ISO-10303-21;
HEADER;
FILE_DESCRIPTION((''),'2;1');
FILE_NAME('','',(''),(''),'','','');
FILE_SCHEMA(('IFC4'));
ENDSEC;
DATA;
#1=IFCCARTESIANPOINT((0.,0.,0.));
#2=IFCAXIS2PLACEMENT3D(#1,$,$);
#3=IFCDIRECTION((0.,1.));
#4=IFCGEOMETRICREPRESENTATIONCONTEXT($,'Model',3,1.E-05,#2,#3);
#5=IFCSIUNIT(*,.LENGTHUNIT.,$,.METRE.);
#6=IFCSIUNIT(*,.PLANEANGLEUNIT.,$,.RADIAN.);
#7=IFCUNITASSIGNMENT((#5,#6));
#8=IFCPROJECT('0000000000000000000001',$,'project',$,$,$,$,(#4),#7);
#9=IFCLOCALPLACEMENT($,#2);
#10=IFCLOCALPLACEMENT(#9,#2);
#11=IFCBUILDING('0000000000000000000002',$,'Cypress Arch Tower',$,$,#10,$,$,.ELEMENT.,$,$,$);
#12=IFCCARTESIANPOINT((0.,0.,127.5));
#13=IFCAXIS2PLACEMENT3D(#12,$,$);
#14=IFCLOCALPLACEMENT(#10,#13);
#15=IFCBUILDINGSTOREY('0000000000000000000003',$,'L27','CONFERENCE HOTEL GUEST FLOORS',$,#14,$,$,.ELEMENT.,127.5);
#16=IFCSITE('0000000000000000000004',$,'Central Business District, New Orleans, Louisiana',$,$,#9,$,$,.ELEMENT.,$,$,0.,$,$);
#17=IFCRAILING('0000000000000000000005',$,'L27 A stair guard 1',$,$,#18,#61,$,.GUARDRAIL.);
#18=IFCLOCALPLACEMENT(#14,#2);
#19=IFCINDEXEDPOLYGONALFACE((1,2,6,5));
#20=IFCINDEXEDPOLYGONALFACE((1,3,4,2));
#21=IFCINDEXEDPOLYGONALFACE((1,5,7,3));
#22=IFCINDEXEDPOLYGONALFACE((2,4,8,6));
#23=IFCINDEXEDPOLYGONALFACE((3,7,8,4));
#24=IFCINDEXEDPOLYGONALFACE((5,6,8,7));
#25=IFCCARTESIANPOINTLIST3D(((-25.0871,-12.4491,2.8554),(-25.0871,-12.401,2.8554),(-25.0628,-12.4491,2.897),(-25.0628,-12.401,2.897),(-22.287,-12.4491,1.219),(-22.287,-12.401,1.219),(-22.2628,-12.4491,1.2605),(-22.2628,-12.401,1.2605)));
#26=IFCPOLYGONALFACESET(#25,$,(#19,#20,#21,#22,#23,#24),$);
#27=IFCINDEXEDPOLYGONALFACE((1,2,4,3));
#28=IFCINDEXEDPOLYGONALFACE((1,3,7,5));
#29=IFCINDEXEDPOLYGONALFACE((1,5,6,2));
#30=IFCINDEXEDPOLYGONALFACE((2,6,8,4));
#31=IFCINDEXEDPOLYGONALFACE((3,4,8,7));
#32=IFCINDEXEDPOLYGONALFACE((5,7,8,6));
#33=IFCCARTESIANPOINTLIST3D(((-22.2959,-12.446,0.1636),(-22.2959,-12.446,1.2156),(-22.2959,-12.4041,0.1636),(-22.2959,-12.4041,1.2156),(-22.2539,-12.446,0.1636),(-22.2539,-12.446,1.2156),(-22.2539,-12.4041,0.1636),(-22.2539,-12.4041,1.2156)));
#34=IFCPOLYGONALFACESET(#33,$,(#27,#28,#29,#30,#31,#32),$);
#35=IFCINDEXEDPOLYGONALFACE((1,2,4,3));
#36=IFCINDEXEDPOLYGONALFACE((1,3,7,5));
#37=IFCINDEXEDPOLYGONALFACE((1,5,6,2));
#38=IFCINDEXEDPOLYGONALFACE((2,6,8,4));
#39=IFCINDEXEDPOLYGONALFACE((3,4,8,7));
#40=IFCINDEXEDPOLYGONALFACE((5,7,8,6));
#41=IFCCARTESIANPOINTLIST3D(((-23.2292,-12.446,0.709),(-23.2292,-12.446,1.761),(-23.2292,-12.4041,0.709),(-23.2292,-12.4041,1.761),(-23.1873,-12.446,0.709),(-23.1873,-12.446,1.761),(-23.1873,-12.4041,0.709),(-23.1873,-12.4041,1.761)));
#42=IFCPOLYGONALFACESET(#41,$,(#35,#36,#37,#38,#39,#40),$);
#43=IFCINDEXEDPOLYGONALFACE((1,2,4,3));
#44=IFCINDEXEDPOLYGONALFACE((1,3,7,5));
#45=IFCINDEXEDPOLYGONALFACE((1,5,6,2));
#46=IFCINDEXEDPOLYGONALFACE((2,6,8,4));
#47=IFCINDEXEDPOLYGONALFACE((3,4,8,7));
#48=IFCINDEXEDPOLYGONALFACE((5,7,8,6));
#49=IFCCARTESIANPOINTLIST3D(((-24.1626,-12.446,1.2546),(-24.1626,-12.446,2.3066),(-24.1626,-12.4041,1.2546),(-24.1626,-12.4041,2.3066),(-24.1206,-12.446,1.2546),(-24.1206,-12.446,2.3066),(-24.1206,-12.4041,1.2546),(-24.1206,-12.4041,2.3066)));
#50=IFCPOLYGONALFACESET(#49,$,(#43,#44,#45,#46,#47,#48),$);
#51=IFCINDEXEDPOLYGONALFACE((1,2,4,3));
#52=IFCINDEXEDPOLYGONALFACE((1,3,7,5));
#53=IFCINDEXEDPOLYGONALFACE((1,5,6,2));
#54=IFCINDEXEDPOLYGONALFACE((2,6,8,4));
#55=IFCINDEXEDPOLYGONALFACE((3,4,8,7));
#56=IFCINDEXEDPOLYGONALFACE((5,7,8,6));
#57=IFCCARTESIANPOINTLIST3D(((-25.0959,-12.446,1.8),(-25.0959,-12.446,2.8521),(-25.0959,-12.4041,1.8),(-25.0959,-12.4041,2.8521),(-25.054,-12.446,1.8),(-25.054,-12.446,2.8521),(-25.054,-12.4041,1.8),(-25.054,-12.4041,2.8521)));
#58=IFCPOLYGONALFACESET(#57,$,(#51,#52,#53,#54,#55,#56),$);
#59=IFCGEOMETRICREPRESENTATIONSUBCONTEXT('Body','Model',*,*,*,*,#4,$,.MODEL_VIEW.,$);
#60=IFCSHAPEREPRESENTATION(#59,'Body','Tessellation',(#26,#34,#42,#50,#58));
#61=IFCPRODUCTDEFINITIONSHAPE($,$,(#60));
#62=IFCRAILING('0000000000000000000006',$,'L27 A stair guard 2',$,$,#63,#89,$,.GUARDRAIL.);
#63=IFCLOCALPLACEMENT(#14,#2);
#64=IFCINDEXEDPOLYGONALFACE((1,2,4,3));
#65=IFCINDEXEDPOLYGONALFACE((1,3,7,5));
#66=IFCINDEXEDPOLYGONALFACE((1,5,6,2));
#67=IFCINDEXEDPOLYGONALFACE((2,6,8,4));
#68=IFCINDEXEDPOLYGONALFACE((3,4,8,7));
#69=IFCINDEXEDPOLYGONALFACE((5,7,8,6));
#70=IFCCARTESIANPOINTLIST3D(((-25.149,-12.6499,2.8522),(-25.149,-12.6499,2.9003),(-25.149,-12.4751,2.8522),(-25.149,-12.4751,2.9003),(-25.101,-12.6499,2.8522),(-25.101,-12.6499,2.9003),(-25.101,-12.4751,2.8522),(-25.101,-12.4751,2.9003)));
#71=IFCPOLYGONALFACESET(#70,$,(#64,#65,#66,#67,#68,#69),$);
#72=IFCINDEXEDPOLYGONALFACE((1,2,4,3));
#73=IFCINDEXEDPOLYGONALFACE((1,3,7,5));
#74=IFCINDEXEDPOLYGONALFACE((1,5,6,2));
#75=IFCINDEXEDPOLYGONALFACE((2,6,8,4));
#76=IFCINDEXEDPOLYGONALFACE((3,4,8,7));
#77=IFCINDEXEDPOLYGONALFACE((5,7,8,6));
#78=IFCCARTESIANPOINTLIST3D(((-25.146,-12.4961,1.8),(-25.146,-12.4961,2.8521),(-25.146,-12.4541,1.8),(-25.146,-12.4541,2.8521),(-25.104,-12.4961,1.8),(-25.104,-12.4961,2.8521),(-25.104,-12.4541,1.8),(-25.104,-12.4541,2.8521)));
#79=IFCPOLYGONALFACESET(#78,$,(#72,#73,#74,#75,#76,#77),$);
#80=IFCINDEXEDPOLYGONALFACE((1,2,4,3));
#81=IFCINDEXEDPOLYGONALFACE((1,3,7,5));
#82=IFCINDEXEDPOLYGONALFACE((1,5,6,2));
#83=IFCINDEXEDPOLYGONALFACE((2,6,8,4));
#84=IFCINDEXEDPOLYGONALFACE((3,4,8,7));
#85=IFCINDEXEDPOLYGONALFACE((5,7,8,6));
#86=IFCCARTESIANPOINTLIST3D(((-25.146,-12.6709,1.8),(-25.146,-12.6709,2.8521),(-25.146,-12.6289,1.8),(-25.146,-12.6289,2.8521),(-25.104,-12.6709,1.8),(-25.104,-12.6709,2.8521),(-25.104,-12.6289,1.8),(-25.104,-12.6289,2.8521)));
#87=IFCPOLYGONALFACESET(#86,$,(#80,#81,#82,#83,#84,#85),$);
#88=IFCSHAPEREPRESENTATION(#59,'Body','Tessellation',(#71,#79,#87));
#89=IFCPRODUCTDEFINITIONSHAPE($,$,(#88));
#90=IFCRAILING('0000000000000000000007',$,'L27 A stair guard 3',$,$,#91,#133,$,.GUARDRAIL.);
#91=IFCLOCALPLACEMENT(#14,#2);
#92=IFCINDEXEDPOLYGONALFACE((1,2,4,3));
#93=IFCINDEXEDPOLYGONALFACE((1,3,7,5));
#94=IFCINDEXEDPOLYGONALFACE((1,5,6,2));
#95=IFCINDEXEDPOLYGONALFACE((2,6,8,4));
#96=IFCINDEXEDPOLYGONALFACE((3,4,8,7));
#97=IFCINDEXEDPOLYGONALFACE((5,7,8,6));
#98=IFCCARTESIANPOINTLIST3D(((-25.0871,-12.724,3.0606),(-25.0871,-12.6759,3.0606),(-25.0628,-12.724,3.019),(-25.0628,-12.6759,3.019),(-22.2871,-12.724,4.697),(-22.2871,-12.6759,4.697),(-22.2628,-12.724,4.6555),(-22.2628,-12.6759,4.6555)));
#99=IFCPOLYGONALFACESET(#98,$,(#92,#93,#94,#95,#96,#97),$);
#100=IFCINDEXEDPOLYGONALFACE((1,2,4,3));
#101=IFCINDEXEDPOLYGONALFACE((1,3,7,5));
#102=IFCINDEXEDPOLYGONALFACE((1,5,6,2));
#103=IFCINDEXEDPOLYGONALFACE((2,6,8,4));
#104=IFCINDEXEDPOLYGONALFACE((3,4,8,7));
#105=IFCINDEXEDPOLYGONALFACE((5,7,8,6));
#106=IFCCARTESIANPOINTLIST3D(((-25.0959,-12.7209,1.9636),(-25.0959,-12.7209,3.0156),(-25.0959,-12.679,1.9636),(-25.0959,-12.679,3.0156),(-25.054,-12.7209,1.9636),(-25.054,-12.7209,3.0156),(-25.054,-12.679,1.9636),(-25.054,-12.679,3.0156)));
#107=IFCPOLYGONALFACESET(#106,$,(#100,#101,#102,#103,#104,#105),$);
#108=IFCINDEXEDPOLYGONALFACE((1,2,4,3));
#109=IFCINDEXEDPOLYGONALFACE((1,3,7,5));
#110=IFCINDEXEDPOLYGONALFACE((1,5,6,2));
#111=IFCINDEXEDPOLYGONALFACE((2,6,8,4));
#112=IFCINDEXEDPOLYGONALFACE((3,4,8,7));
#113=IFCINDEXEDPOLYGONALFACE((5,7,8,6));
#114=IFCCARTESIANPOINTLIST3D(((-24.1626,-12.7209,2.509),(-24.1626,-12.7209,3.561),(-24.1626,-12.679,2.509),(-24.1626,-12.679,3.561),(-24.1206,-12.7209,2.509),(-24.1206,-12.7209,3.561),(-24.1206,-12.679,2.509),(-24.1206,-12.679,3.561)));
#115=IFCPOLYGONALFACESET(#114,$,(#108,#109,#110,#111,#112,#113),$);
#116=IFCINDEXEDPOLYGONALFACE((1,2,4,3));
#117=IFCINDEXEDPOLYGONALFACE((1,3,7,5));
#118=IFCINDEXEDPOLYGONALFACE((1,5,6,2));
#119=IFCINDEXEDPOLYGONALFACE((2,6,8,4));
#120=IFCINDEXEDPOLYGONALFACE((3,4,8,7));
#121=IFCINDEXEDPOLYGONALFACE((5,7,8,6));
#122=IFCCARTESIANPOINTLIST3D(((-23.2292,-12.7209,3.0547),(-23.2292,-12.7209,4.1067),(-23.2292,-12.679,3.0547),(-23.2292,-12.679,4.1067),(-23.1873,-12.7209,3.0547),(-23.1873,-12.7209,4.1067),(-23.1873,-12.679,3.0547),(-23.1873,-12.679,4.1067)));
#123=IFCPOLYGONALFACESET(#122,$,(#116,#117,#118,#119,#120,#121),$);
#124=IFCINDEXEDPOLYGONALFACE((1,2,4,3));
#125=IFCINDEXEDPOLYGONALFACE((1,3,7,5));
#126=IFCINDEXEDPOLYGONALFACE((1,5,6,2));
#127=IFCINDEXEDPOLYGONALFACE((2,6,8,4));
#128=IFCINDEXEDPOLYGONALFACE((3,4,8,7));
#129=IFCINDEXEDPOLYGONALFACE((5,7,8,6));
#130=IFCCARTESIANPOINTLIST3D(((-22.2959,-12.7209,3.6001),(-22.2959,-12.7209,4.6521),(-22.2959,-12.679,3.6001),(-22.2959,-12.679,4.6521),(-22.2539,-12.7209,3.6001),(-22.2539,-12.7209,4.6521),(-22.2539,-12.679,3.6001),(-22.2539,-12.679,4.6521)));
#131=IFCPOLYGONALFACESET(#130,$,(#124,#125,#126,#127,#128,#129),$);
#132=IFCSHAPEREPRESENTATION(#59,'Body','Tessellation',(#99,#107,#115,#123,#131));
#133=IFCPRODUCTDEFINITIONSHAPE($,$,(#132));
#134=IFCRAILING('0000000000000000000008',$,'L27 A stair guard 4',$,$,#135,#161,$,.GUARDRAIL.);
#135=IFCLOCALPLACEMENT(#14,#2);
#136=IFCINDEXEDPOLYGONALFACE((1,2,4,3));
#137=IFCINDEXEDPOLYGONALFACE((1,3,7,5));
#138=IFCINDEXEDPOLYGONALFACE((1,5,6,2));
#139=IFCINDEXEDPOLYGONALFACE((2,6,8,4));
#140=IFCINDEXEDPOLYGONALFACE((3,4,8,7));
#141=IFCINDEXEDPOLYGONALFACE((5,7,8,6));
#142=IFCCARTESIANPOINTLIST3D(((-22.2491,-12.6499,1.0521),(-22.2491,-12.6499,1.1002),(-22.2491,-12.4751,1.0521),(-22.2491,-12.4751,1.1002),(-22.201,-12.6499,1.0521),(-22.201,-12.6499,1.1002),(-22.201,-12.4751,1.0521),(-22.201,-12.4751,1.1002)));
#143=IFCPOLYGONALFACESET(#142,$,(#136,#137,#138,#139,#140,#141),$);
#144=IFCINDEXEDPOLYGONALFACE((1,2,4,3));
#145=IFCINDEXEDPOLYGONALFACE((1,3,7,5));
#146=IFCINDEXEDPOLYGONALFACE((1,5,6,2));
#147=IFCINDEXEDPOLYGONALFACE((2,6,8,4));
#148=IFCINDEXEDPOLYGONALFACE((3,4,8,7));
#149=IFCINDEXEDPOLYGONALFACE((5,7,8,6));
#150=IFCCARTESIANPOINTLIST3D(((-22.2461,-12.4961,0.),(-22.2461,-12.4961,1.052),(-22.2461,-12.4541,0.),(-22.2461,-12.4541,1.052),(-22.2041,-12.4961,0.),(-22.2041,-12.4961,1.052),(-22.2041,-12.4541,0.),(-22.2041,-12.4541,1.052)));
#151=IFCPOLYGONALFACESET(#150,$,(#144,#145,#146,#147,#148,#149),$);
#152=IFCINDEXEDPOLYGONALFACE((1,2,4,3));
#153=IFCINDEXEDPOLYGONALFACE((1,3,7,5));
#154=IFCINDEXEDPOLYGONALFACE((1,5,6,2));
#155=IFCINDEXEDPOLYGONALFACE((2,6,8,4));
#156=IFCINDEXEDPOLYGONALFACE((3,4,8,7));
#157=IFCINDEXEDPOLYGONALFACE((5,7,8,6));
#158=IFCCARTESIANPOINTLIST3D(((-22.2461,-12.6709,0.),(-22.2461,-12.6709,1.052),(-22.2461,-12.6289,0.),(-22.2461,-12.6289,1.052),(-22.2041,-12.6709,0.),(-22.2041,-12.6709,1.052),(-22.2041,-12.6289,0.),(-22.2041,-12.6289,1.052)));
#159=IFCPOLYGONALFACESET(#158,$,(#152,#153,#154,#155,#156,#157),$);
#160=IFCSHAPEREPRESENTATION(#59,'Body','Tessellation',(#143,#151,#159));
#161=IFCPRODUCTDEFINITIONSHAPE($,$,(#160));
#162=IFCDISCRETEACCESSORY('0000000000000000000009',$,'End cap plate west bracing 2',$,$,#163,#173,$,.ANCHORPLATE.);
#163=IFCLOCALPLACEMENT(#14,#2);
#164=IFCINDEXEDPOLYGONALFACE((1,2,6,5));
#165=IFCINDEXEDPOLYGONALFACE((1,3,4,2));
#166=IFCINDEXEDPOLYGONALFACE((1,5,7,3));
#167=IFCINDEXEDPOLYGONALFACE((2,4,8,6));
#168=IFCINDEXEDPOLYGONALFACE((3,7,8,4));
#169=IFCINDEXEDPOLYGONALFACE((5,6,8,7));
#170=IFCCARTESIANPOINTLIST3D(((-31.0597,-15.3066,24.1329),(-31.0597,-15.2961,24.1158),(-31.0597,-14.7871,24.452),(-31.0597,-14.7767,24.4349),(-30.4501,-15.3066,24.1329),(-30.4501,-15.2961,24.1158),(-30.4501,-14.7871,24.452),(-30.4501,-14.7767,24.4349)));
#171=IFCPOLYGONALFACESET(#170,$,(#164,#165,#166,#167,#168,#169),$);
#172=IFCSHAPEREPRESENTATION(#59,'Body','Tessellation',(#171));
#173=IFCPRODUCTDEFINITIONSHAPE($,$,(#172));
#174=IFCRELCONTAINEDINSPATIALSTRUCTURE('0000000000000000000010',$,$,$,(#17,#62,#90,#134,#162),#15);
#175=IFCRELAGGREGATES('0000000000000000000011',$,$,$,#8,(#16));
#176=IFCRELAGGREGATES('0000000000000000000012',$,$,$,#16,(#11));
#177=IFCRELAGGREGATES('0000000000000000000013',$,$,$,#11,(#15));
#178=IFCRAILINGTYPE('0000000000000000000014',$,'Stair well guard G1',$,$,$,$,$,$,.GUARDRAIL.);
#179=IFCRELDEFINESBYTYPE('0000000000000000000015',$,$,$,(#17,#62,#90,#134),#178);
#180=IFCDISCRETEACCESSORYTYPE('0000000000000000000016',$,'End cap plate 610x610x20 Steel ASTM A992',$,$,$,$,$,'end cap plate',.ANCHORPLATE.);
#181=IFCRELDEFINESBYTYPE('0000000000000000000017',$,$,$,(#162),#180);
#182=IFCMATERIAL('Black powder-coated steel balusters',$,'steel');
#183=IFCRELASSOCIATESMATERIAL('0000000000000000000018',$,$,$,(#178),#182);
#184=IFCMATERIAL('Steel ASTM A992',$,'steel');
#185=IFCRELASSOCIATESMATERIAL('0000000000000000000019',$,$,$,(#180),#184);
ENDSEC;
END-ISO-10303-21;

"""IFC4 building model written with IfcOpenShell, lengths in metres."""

from ifc_helpers import new_model, si_unit, direction, frame, origin, origin_2d, place, context, subcontext, project, spatial, rectangle, extrude, material, material_profile, profile_set, type_object, element, save


model = new_model("IFC4")

# Units and contexts
model_context = context("Model", 3, precision=1e-05, world=origin(), true_north=direction((0.0, 1.0)))
body_context = subcontext(model_context, "Body", "Model", "MODEL_VIEW")
ifc_project = project(units=[si_unit("LENGTHUNIT", "METRE"), si_unit("PLANEANGLEUNIT", "RADIAN")], contexts=[model_context])

# Site, building, storey
site_placement = place(None, origin())
site = spatial("IfcSite", under=ifc_project, at=site_placement, Name="Central Business District, New Orleans, Louisiana", CompositionType="ELEMENT", RefElevation=0.0)
building_placement = place(site_placement, origin())
building = spatial("IfcBuilding", under=site, at=building_placement, Name="Cypress Arch Tower", CompositionType="ELEMENT")
storey_placement = place(building_placement, frame((0.0, 0.0, 127.5)))
storey = spatial("IfcBuildingStorey", under=building, at=storey_placement, Name="L27", Description="CONFERENCE HOTEL GUEST FLOORS", CompositionType="ELEMENT", Elevation=127.5)

# Railings
ifc_material_1 = material(Name="Black powder-coated steel balusters", Category="steel")
railing_type_1 = type_object("IfcRailingType", Name="Stair well guard G1", PredefinedType="GUARDRAIL", material=ifc_material_1)
railing_1_placement = place(storey_placement, frame((-22.2749, -12.425, 0.1636)))
element("IfcRailing", 1, at=railing_1_placement, inside=storey, type_object=railing_type_1, Name="L27 A stair guard 1", PredefinedType="GUARDRAIL", context=body_context, shape_type="SweptSolid", body=[
    extrude(rectangle(XDim=0.0481, YDim=0.0481, at=origin_2d()), frame((0.0, 0.0, 1.0762), z_axis=(-0.863361, 0.0, 0.504587), x_axis=(0.0, -1.0, 0.0)), (0.0, 0.0, 1.0), 3.2432),
    extrude(rectangle(XDim=0.042, YDim=0.042, at=origin_2d()), origin(), (0.0, 0.0, 1.0), 1.052),
    extrude(rectangle(XDim=0.042, YDim=0.042, at=origin_2d()), frame((-0.9333, 0.0, 0.5454)), (0.0, 0.0, 1.0), 1.052),
    extrude(rectangle(XDim=0.042, YDim=0.042, at=origin_2d()), frame((-1.8667, 0.0, 1.0911)), (0.0, 0.0, 1.0), 1.052),
    extrude(rectangle(XDim=0.042, YDim=0.042, at=origin_2d()), frame((-2.8, 0.0, 1.6365)), (0.0, 0.0, 1.0), 1.052),
])
railing_2_placement = place(storey_placement, frame((-25.125, -12.4751, 1.8)))
element("IfcRailing", 2, at=railing_2_placement, inside=storey, type_object=railing_type_1, Name="L27 A stair guard 2", PredefinedType="GUARDRAIL", context=body_context, shape_type="SweptSolid", body=[
    extrude(rectangle(XDim=0.0481, YDim=0.0481, at=origin_2d()), frame((0.0, 0.0, 1.0762), z_axis=(0.0, -1.0, 0.0), x_axis=(1.0, 0.0, 0.0)), (0.0, 0.0, 1.0), 0.1748),
    extrude(rectangle(XDim=0.042, YDim=0.042, at=origin_2d()), origin(), (0.0, 0.0, 1.0), 1.052),
    extrude(rectangle(XDim=0.042, YDim=0.042, at=origin_2d()), frame((0.0, -0.1748, 0.0)), (0.0, 0.0, 1.0), 1.052),
])
railing_3_placement = place(storey_placement, frame((-25.075, -12.7, 1.9636)))
element("IfcRailing", 3, at=railing_3_placement, inside=storey, type_object=railing_type_1, Name="L27 A stair guard 3", PredefinedType="GUARDRAIL", context=body_context, shape_type="SweptSolid", body=[
    extrude(rectangle(XDim=0.0481, YDim=0.0481, at=origin_2d()), frame((0.0, 0.0, 1.0762), z_axis=(0.863361, 0.0, 0.504587), x_axis=(0.0, 1.0, 0.0)), (0.0, 0.0, 1.0), 3.2432),
    extrude(rectangle(XDim=0.042, YDim=0.042, at=origin_2d()), origin(), (0.0, 0.0, 1.0), 1.052),
    extrude(rectangle(XDim=0.042, YDim=0.042, at=origin_2d()), frame((0.9333, 0.0, 0.5454)), (0.0, 0.0, 1.0), 1.052),
    extrude(rectangle(XDim=0.042, YDim=0.042, at=origin_2d()), frame((1.8667, 0.0, 1.0911)), (0.0, 0.0, 1.0), 1.052),
    extrude(rectangle(XDim=0.042, YDim=0.042, at=origin_2d()), frame((2.8, 0.0, 1.6365)), (0.0, 0.0, 1.0), 1.052),
])
railing_4_placement = place(storey_placement, frame((-22.2251, -12.4751, 0.0)))
element("IfcRailing", 4, at=railing_4_placement, inside=storey, type_object=railing_type_1, Name="L27 A stair guard 4", PredefinedType="GUARDRAIL", context=body_context, shape_type="SweptSolid", body=[
    extrude(rectangle(XDim=0.0481, YDim=0.0481, at=origin_2d()), frame((0.0, 0.0, 1.0762), z_axis=(0.0, -1.0, 0.0), x_axis=(1.0, 0.0, 0.0)), (0.0, 0.0, 1.0), 0.1748),
    extrude(rectangle(XDim=0.042, YDim=0.042, at=origin_2d()), origin(), (0.0, 0.0, 1.0), 1.052),
    extrude(rectangle(XDim=0.042, YDim=0.042, at=origin_2d()), frame((0.0, -0.1748, 0.0)), (0.0, 0.0, 1.0), 1.052),
])

# Discrete accessory
ifc_material_2 = material(Name="Steel ASTM A992", Category="steel")
ifc_material_profile_1 = material_profile(ifc_material_2, rectangle(XDim=0.6096, YDim=0.6096, at=origin_2d()), Name="PL 20 610x610")
ifc_profile_set_1 = profile_set([ifc_material_profile_1], Name="Steel ASTM A992")
discrete_accessory_type = type_object("IfcDiscreteAccessoryType", Name="End cap plate 610x610x20 Steel ASTM A992", ElementType="end cap plate", PredefinedType="ANCHORPLATE", material=ifc_profile_set_1)
discrete_accessory_placement = place(storey_placement, frame((-30.7549, -15.0364, 24.2754), z_axis=(0.0, -0.523418, 0.852076), x_axis=(1.0, 0.0, 0.0)))
element("IfcDiscreteAccessory", 5, at=discrete_accessory_placement, inside=storey, type_object=discrete_accessory_type, Name="End cap plate west bracing 2", PredefinedType="ANCHORPLATE", context=body_context, shape_type="SweptSolid", body=[
    extrude(rectangle(XDim=0.6096, YDim=0.6096, at=origin_2d()), origin(), (0.0, 0.0, 1.0), 0.02),
])

save(model, "model.ifc")
